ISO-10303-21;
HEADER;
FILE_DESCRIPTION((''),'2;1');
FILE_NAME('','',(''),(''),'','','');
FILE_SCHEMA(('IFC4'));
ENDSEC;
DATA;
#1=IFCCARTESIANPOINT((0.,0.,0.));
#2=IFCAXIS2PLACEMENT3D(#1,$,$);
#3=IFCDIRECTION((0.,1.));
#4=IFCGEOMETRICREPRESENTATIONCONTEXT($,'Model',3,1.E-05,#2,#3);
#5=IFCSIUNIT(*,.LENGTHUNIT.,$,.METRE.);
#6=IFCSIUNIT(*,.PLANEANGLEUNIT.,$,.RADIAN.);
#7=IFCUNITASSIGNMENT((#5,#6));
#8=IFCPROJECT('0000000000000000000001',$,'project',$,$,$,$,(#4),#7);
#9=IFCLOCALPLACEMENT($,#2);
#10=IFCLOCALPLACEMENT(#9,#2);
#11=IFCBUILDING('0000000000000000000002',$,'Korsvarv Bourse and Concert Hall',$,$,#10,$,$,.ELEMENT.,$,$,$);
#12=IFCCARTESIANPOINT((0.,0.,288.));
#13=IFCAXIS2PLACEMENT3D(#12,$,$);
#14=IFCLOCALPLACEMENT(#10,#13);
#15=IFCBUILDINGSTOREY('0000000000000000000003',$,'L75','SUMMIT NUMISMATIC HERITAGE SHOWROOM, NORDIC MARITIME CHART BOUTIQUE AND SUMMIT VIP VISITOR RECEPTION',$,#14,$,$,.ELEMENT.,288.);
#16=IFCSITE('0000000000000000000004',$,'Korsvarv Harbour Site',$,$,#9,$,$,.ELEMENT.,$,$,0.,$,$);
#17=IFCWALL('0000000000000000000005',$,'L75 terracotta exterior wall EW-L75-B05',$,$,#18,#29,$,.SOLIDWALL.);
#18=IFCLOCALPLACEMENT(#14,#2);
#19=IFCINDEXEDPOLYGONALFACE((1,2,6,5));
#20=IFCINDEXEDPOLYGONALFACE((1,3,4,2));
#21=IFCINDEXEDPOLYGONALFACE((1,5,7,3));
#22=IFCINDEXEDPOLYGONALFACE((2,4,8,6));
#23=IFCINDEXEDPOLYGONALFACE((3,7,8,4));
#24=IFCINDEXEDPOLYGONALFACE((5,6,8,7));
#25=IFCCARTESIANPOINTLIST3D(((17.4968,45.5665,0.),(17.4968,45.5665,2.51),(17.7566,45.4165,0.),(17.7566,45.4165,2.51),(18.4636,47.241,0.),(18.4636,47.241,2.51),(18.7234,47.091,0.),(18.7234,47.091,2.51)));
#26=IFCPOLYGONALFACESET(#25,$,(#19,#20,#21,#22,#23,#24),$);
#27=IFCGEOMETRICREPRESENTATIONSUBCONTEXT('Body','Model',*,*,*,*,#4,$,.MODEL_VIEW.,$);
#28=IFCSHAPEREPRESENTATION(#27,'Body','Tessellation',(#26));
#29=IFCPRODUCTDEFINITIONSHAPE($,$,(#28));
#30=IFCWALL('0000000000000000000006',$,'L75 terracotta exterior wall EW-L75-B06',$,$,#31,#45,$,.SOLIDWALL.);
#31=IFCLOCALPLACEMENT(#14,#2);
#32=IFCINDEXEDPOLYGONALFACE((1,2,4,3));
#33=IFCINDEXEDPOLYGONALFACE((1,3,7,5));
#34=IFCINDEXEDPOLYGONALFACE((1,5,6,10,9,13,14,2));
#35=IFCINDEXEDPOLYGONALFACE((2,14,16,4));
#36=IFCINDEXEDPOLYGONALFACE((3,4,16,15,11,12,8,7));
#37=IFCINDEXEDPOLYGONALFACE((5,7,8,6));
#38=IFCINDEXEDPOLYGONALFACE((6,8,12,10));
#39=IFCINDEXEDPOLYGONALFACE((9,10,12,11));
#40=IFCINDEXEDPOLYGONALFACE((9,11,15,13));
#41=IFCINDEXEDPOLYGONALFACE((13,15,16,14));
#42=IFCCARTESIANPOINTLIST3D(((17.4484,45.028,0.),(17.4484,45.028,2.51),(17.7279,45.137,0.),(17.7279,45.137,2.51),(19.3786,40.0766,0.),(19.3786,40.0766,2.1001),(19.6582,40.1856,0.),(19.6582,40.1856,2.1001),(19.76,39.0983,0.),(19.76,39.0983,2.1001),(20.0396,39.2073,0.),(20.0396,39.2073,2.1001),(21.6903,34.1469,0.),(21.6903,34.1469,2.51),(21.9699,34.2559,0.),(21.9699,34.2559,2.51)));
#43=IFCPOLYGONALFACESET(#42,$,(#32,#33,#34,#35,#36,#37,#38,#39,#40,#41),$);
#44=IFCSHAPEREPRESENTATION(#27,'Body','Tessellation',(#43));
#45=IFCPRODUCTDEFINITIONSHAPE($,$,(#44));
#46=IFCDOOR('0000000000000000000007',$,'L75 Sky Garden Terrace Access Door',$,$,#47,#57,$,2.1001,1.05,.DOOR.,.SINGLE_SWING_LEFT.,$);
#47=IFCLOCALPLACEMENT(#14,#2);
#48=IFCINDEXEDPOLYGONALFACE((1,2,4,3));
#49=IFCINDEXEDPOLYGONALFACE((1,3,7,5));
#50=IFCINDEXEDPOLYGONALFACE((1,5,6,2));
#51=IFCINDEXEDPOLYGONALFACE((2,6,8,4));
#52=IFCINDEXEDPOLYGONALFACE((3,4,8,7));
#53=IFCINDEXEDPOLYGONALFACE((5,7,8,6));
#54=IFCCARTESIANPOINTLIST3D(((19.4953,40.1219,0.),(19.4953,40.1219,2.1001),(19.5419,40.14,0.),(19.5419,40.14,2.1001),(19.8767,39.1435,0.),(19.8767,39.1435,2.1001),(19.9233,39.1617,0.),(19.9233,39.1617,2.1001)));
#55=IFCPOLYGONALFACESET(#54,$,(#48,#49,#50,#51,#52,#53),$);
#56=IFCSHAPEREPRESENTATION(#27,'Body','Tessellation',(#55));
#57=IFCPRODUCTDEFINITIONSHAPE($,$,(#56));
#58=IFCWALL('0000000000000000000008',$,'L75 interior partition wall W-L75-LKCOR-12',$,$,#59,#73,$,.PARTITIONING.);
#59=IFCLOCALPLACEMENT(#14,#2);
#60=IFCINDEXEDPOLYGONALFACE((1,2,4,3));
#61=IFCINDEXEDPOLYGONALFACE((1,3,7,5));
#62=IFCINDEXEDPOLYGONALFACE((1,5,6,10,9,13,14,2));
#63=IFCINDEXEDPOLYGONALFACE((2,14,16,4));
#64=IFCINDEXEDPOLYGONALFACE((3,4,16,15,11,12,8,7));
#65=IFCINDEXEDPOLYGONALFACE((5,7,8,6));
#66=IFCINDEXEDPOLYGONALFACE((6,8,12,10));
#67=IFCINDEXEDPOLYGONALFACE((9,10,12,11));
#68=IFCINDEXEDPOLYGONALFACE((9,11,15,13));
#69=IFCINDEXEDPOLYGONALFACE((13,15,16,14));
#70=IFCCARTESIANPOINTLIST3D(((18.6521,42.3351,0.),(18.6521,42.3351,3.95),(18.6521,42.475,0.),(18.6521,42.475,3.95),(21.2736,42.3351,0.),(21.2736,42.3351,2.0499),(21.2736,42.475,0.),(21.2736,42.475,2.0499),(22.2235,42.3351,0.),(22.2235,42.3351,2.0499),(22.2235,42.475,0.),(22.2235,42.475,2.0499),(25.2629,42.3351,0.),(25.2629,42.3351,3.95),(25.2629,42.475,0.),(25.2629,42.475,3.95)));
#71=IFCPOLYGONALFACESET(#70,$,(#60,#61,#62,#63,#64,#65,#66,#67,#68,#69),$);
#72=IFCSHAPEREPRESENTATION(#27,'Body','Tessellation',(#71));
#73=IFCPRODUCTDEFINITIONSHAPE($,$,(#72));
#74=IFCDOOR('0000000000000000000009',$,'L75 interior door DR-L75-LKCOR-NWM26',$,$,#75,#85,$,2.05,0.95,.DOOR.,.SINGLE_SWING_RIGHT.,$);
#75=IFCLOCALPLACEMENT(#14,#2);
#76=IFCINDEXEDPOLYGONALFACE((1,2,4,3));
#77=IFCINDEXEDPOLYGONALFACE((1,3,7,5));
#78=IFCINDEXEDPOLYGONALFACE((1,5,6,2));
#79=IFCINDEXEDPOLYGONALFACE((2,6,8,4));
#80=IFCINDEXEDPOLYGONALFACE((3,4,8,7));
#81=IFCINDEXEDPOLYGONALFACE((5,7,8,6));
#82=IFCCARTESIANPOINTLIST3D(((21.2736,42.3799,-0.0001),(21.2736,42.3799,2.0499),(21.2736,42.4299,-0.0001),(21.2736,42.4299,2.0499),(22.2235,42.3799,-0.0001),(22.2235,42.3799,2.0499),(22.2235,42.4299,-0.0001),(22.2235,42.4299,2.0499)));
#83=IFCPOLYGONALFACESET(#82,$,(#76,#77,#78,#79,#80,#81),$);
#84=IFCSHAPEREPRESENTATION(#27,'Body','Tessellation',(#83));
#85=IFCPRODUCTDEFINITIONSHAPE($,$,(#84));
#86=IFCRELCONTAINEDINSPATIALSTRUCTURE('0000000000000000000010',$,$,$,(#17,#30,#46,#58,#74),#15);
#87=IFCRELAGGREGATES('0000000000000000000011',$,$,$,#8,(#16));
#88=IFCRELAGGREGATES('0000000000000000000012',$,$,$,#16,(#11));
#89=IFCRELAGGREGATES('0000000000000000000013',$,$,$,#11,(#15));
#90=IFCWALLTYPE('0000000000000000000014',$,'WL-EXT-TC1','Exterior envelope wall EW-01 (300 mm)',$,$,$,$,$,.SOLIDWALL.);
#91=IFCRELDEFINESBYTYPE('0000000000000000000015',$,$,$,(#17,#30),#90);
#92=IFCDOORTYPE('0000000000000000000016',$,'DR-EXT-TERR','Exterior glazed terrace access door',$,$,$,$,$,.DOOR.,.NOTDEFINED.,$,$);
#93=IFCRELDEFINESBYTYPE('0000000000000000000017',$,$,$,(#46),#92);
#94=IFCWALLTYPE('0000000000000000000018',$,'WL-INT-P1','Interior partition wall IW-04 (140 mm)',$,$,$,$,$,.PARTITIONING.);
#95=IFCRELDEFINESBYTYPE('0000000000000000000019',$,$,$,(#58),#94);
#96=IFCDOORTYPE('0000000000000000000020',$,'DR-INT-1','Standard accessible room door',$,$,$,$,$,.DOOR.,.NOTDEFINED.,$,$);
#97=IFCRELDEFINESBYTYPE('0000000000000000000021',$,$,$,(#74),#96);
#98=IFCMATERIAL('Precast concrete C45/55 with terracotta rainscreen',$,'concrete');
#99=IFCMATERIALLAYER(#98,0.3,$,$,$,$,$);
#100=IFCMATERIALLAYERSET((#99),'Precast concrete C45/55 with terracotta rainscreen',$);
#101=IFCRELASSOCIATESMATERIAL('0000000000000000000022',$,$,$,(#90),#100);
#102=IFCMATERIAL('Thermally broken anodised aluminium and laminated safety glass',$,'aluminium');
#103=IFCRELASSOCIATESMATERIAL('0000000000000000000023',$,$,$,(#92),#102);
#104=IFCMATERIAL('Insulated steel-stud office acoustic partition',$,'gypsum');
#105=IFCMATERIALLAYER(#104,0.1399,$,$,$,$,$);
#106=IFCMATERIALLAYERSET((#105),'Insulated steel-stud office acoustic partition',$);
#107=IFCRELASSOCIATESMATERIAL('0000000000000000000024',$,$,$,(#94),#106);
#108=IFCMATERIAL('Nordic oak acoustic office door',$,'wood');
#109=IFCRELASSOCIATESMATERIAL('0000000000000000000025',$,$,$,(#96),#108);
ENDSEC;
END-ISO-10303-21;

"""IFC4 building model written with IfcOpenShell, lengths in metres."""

from ifc_helpers import new_model, si_unit, direction, frame, frame_2d, origin, place, context, subcontext, project, spatial, rectangle, extrude, material, layer, layer_set, type_object, element, fill, save


model = new_model("IFC4")

# Units and contexts
model_context = context("Model", 3, precision=1e-05, world=origin(), true_north=direction((0.0, 1.0)))
body_context = subcontext(model_context, "Body", "Model", "MODEL_VIEW")
ifc_project = project(units=[si_unit("LENGTHUNIT", "METRE"), si_unit("PLANEANGLEUNIT", "RADIAN")], contexts=[model_context])

# Site, building, storey
site_placement = place(None, origin())
site = spatial("IfcSite", under=ifc_project, at=site_placement, Name="Korsvarv Harbour Site", CompositionType="ELEMENT", RefElevation=0.0)
building_placement = place(site_placement, origin())
building = spatial("IfcBuilding", under=site, at=building_placement, Name="Korsvarv Bourse and Concert Hall", CompositionType="ELEMENT")
storey_placement = place(building_placement, frame((0.0, 0.0, 288.0)))
storey = spatial("IfcBuildingStorey", under=building, at=storey_placement, Name="L75", Description="SUMMIT NUMISMATIC HERITAGE SHOWROOM, NORDIC MARITIME CHART BOUTIQUE AND SUMMIT VIP VISITOR RECEPTION", CompositionType="ELEMENT", Elevation=288.0)

# Wall
ifc_material_1 = material(Name="Precast concrete C45/55 with terracotta rainscreen", Category="concrete")
ifc_layer_1 = layer(ifc_material_1, 0.3)
ifc_layer_set_1 = layer_set([ifc_layer_1], Name="Precast concrete C45/55 with terracotta rainscreen")
wall_type_1 = type_object("IfcWallType", Name="WL-EXT-TC1", Description="Exterior envelope wall EW-01 (300 mm)", PredefinedType="SOLIDWALL", material=ifc_layer_set_1)
wall_1_placement = place(storey_placement, frame((18.5935, 47.166, 0.0), z_axis=(0.0, 0.0, 1.0), x_axis=(-0.499996, -0.866028, 0.0)))
element("IfcWall", 1, at=wall_1_placement, inside=storey, type_object=wall_type_1, Name="L75 terracotta exterior wall EW-L75-B05", PredefinedType="SOLIDWALL", context=body_context, shape_type="SweptSolid", body=[
    extrude(rectangle(XDim=1.9336, YDim=0.3, at=frame_2d((0.9668, 0.0))), origin(), (0.0, 0.0, 1.0), 2.51),
])

# Walls, openings, doors
wall_2_placement = place(storey_placement, frame((17.5881, 45.0825, 0.0), z_axis=(0.0, 0.0, 1.0), x_axis=(0.36322, -0.931703, 0.0)))
wall_2 = element("IfcWall", 2, at=wall_2_placement, inside=storey, type_object=wall_type_1, Name="L75 terracotta exterior wall EW-L75-B06", PredefinedType="SOLIDWALL", context=body_context, shape_type="SweptSolid", body=[
    extrude(rectangle(XDim=11.6787, YDim=0.3, at=frame_2d((5.8394, 0.0))), origin(), (0.0, 0.0, 1.0), 2.51),
])
opening_1_placement = place(wall_2_placement, frame((5.3145, 0.0, 0.0)))
opening_1 = element("IfcOpeningElement", 3, at=opening_1_placement, cuts=wall_2, PredefinedType="OPENING", context=body_context, shape_type="SweptSolid", body=[
    extrude(rectangle(XDim=1.05, YDim=2.1001, at=frame_2d((0.5249, 1.05))), frame((0.0, 0.1602, 0.0), z_axis=(0.0, -1.0, 0.0), x_axis=(1.0, 0.0, 0.0)), (0.0, 0.0, 1.0), 0.3201),
])
ifc_material_2 = material(Name="Thermally broken anodised aluminium and laminated safety glass", Category="aluminium")
door_type_1 = type_object("IfcDoorType", Name="DR-EXT-TERR", Description="Exterior glazed terrace access door", OperationType="NOTDEFINED", PredefinedType="DOOR", material=ifc_material_2)
door_1_placement = place(opening_1_placement, frame((1.05, 0.0, 0.0), z_axis=(0.0, 0.0, 1.0), x_axis=(-1.0, 0.0, 0.0)))
door_1 = element("IfcDoor", 4, at=door_1_placement, inside=storey, type_object=door_type_1, Name="L75 Sky Garden Terrace Access Door", OperationType="SINGLE_SWING_LEFT", OverallHeight=2.1001, OverallWidth=1.05, PredefinedType="DOOR", context=body_context, shape_type="SweptSolid", body=[
    extrude(rectangle(XDim=1.05, YDim=2.1001, at=frame_2d((0.5249, 1.05))), frame((0.0, 0.0249, 0.0), z_axis=(0.0, -1.0, 0.0), x_axis=(1.0, 0.0, 0.0)), (0.0, 0.0, 1.0), 0.05),
])
fill(opening_1, door_1)
ifc_material_3 = material(Name="Insulated steel-stud office acoustic partition", Category="gypsum")
ifc_layer_2 = layer(ifc_material_3, 0.1399)
ifc_layer_set_2 = layer_set([ifc_layer_2], Name="Insulated steel-stud office acoustic partition")
wall_type_2 = type_object("IfcWallType", Name="WL-INT-P1", Description="Interior partition wall IW-04 (140 mm)", PredefinedType="PARTITIONING", material=ifc_layer_set_2)
wall_3_placement = place(storey_placement, frame((18.6521, 42.405, 0.0), z_axis=(0.0, 0.0, 1.0), x_axis=(1.0, 0.0, 0.0)))
wall_3 = element("IfcWall", 5, at=wall_3_placement, inside=storey, type_object=wall_type_2, Name="L75 interior partition wall W-L75-LKCOR-12", PredefinedType="PARTITIONING", context=body_context, shape_type="SweptSolid", body=[
    extrude(rectangle(XDim=6.6108, YDim=0.1399, at=frame_2d((3.3054, 0.0))), origin(), (0.0, 0.0, 1.0), 3.95),
])
opening_2_placement = place(wall_3_placement, frame((2.6213, 0.0, 0.0)))
opening_2 = element("IfcOpeningElement", 6, at=opening_2_placement, cuts=wall_3, PredefinedType="OPENING", context=body_context, shape_type="SweptSolid", body=[
    extrude(rectangle(XDim=0.95, YDim=2.05, at=frame_2d((0.4751, 1.0249))), frame((0.0, 0.0801, 0.0), z_axis=(0.0, -1.0, 0.0), x_axis=(1.0, 0.0, 0.0)), (0.0, 0.0, 1.0), 0.1599),
])
ifc_material_4 = material(Name="Nordic oak acoustic office door", Category="wood")
door_type_2 = type_object("IfcDoorType", Name="DR-INT-1", Description="Standard accessible room door", OperationType="NOTDEFINED", PredefinedType="DOOR", material=ifc_material_4)
door_2_placement = place(opening_2_placement, origin())
door_2 = element("IfcDoor", 7, at=door_2_placement, inside=storey, type_object=door_type_2, Name="L75 interior door DR-L75-LKCOR-NWM26", OperationType="SINGLE_SWING_RIGHT", OverallHeight=2.05, OverallWidth=0.95, PredefinedType="DOOR", context=body_context, shape_type="SweptSolid", body=[
    extrude(rectangle(XDim=0.95, YDim=2.05, at=frame_2d((0.4751, 1.0249))), frame((0.0, 0.0249, 0.0), z_axis=(0.0, -1.0, 0.0), x_axis=(1.0, 0.0, 0.0)), (0.0, 0.0, 1.0), 0.05),
])
fill(opening_2, door_2)

save(model, "model.ifc")
